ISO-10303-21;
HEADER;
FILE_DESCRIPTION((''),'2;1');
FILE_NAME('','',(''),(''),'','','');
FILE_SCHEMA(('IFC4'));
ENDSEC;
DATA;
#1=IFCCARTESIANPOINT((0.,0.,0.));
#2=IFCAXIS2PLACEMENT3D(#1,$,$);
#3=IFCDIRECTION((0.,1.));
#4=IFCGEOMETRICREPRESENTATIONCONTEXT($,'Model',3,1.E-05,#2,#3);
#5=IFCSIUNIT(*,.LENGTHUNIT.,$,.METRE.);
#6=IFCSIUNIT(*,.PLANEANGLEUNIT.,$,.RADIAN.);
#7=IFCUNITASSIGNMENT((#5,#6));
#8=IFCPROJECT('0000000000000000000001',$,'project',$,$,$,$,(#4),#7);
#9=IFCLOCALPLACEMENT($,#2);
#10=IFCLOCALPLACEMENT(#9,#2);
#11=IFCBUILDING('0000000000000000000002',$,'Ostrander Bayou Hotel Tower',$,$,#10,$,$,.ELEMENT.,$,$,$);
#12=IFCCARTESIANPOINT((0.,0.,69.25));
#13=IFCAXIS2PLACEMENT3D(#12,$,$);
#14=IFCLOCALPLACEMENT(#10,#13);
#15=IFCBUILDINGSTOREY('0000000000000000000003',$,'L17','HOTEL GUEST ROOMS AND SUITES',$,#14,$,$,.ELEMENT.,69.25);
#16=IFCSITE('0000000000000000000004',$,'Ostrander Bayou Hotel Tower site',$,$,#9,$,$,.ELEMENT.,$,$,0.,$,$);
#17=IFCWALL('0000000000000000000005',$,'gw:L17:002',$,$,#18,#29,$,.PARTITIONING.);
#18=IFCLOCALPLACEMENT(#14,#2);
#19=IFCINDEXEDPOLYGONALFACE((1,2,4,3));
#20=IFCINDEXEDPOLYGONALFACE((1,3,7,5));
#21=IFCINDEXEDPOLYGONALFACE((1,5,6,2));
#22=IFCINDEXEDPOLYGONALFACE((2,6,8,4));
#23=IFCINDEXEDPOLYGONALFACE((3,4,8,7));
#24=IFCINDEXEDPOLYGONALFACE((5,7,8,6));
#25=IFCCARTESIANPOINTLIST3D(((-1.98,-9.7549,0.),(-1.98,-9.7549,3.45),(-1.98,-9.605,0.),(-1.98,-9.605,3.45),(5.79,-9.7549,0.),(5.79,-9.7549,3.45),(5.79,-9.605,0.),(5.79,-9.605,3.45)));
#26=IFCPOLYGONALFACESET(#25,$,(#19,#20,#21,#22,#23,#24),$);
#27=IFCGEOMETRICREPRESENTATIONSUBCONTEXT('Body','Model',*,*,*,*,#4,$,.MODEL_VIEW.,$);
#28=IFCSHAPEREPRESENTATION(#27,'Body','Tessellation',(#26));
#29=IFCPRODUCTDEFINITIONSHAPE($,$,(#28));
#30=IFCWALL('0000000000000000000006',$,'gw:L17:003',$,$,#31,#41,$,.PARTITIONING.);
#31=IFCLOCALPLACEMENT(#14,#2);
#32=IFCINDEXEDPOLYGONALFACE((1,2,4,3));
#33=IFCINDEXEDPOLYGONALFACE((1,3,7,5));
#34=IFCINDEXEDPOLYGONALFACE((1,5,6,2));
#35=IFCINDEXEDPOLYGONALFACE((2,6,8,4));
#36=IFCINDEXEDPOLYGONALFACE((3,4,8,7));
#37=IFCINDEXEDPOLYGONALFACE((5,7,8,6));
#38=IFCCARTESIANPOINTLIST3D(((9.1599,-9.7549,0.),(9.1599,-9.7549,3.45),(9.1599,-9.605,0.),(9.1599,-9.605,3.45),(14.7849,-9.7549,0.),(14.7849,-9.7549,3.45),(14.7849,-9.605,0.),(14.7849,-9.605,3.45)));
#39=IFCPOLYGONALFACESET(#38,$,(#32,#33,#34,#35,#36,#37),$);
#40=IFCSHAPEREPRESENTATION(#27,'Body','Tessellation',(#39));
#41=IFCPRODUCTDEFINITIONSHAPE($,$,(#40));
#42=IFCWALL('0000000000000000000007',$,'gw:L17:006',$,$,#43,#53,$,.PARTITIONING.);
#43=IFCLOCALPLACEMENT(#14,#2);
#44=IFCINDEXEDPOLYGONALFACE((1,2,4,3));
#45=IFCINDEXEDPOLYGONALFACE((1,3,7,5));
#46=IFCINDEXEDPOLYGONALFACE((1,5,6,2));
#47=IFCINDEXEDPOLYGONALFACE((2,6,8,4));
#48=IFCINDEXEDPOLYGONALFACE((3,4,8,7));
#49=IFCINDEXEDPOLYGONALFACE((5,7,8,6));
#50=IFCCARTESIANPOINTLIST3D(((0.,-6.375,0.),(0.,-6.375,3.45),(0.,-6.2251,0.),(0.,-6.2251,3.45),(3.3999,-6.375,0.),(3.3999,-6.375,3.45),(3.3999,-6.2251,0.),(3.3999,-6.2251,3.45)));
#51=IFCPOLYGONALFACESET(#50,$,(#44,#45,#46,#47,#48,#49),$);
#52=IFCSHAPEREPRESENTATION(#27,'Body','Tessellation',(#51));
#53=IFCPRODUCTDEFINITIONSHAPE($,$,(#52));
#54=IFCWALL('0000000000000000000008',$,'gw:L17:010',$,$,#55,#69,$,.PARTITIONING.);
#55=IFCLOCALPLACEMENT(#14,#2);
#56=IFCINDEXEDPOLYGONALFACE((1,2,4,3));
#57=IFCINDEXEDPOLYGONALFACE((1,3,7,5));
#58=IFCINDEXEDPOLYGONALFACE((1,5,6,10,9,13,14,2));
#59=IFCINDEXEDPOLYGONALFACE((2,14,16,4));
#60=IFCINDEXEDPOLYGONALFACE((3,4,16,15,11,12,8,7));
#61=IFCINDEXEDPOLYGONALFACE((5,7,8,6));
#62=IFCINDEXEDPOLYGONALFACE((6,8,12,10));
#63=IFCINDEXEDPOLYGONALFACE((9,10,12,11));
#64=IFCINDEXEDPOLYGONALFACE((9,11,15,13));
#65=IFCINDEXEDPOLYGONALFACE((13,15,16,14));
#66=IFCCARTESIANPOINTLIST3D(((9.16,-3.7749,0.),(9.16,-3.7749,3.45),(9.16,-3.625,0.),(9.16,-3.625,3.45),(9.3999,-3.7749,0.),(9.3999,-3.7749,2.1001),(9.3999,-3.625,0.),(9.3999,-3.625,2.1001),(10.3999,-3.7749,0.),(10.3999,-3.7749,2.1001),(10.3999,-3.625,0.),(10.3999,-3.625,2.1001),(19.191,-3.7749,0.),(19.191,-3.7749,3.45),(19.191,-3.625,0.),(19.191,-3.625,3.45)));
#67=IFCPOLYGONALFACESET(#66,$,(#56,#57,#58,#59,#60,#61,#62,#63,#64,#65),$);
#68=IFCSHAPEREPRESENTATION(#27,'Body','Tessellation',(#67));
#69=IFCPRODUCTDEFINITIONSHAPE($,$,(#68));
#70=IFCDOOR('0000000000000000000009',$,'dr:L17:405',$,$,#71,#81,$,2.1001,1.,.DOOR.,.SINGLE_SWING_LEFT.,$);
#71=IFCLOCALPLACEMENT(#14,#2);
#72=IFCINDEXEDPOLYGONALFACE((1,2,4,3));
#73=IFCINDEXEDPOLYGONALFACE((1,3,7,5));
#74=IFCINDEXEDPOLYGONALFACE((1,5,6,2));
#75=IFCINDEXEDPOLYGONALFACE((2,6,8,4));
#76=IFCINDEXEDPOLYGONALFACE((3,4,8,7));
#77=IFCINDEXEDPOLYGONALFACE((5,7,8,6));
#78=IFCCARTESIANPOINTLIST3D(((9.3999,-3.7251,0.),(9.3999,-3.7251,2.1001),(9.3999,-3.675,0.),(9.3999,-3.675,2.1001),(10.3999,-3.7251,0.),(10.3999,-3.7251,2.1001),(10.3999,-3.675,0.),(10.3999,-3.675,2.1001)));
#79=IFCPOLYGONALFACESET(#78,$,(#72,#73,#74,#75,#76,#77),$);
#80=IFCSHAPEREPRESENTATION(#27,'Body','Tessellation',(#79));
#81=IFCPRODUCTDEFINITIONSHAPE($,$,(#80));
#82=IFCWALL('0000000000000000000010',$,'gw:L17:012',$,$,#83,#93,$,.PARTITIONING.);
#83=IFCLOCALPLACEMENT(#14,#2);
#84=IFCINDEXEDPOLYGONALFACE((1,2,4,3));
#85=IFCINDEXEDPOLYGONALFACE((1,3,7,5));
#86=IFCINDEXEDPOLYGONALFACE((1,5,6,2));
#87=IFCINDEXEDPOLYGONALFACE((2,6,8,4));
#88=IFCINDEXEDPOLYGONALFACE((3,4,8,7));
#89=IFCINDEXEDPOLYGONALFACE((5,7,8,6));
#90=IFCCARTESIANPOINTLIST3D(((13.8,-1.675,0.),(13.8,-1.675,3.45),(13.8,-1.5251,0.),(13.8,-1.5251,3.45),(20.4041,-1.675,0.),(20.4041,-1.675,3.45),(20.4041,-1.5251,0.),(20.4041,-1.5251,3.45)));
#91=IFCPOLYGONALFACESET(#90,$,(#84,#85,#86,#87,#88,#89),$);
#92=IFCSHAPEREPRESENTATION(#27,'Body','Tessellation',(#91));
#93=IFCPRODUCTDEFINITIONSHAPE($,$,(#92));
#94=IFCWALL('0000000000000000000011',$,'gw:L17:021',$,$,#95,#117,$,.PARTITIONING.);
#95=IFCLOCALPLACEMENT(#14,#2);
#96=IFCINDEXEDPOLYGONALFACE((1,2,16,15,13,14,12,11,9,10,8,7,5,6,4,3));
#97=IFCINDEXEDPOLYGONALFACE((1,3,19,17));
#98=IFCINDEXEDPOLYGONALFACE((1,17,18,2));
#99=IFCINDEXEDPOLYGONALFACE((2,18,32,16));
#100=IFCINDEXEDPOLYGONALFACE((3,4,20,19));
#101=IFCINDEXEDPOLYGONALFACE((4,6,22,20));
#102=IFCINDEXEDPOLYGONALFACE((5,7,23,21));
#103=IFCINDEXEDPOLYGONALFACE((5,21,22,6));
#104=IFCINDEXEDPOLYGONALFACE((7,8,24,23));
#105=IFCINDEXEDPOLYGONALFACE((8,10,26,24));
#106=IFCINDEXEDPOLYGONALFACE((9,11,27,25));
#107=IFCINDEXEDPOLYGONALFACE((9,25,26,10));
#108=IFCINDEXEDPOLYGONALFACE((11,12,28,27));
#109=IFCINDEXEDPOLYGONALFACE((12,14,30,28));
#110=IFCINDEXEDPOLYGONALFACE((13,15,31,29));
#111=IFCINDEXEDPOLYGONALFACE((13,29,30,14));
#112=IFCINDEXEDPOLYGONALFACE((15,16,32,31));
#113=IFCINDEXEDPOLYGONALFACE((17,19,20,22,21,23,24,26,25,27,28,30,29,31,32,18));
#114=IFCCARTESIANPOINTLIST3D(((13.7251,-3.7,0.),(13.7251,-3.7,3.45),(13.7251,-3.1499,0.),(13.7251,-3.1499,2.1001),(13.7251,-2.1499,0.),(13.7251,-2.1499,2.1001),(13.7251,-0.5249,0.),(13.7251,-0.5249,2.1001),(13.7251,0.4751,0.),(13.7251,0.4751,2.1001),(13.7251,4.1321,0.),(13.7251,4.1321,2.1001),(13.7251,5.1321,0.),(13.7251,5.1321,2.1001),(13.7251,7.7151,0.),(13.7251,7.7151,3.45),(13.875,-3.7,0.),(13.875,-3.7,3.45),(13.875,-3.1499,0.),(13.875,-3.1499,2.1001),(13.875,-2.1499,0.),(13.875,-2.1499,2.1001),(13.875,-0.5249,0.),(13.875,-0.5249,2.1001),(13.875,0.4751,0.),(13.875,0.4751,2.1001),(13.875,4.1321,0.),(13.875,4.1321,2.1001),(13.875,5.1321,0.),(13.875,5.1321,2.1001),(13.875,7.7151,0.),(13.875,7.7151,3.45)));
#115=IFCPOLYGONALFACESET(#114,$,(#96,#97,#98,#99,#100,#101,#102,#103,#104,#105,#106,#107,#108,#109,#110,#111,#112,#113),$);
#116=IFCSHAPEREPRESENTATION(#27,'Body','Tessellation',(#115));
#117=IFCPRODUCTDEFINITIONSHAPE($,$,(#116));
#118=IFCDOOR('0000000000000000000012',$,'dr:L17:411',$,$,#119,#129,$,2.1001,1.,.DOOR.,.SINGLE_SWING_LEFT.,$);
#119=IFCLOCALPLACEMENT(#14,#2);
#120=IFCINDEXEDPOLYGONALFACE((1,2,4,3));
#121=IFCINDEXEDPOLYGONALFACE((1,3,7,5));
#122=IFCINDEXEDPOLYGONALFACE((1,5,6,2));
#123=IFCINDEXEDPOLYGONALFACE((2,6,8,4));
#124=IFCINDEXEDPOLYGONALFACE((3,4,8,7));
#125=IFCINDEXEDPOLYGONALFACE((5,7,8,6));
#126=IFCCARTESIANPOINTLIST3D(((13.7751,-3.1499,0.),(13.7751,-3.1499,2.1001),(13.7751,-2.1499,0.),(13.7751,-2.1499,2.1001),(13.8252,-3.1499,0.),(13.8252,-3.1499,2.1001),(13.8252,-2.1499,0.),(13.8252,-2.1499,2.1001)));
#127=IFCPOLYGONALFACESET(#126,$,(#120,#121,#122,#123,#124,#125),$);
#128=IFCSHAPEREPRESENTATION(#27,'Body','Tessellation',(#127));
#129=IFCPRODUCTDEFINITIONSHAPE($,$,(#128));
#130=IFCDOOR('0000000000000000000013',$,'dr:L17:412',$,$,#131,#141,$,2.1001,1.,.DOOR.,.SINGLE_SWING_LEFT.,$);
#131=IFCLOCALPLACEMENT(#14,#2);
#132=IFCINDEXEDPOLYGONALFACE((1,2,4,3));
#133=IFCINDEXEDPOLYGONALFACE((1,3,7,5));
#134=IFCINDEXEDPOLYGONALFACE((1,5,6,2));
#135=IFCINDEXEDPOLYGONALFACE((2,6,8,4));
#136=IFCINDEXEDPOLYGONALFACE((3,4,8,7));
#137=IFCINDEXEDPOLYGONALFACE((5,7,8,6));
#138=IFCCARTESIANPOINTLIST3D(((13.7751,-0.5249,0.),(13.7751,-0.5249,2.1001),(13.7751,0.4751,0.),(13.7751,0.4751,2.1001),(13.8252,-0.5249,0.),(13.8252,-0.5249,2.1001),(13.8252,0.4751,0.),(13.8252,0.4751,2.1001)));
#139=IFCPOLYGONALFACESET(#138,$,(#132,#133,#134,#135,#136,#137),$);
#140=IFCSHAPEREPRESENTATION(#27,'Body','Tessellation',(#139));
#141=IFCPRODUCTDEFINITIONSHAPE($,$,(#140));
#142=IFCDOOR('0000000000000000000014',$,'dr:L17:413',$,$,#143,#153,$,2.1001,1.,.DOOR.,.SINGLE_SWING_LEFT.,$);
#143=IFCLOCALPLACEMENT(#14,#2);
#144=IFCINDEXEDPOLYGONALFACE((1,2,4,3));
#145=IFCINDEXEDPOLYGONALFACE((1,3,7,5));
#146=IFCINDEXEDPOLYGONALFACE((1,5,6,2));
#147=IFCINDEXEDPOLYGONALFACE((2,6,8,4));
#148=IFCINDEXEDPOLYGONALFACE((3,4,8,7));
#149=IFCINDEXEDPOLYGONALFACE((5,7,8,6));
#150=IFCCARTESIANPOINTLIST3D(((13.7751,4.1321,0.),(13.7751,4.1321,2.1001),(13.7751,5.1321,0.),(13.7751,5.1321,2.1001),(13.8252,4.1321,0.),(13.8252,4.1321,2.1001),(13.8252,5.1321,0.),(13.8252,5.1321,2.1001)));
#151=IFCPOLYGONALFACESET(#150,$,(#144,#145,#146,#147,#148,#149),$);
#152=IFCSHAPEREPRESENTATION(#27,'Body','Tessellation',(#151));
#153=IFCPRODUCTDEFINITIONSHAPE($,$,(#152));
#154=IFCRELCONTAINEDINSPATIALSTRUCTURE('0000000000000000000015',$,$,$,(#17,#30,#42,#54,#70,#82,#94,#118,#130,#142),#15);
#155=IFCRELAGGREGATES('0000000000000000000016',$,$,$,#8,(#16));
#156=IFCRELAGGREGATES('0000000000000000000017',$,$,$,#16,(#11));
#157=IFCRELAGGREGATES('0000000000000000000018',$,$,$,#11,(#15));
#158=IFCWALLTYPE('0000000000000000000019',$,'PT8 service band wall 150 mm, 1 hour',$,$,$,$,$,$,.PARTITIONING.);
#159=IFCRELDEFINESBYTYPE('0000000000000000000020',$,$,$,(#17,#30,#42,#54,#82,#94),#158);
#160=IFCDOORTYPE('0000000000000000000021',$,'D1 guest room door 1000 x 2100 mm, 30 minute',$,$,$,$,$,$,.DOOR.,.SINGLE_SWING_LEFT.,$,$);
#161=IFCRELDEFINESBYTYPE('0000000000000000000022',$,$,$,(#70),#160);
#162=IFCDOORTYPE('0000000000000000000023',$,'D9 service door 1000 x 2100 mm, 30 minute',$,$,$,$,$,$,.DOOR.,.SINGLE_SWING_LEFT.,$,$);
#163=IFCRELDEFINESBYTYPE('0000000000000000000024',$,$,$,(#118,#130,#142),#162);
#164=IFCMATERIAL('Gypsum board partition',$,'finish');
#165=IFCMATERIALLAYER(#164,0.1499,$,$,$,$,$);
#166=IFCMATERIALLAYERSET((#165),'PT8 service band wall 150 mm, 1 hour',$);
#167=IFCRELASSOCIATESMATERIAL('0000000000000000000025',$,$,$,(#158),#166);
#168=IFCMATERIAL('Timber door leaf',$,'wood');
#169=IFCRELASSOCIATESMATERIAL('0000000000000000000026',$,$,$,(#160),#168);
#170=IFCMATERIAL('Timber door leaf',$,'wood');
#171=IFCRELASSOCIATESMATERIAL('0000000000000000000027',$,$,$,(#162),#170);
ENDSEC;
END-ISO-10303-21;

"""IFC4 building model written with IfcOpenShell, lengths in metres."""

from ifc_helpers import new_model, si_unit, direction, frame, frame_2d, origin, place, context, subcontext, project, spatial, rectangle, extrude, material, layer, layer_set, type_object, element, fill, save


model = new_model("IFC4")

# Units and contexts
model_context = context("Model", 3, precision=1e-05, world=origin(), true_north=direction((0.0, 1.0)))
body_context = subcontext(model_context, "Body", "Model", "MODEL_VIEW")
ifc_project = project(units=[si_unit("LENGTHUNIT", "METRE"), si_unit("PLANEANGLEUNIT", "RADIAN")], contexts=[model_context])

# Site, building, storey
site_placement = place(None, origin())
site = spatial("IfcSite", under=ifc_project, at=site_placement, Name="Ostrander Bayou Hotel Tower site", CompositionType="ELEMENT", RefElevation=0.0)
building_placement = place(site_placement, origin())
building = spatial("IfcBuilding", under=site, at=building_placement, Name="Ostrander Bayou Hotel Tower", CompositionType="ELEMENT")
storey_placement = place(building_placement, frame((0.0, 0.0, 69.25)))
storey = spatial("IfcBuildingStorey", under=building, at=storey_placement, Name="L17", Description="HOTEL GUEST ROOMS AND SUITES", CompositionType="ELEMENT", Elevation=69.25)

# Walls
ifc_material_1 = material(Name="Gypsum board partition", Category="finish")
ifc_layer_1 = layer(ifc_material_1, 0.1499)
ifc_layer_set_1 = layer_set([ifc_layer_1], Name="PT8 service band wall 150 mm, 1 hour")
wall_type_1 = type_object("IfcWallType", Name="PT8 service band wall 150 mm, 1 hour", PredefinedType="PARTITIONING", material=ifc_layer_set_1)
wall_1_placement = place(storey_placement, frame((-1.98, -9.6799, 0.0), z_axis=(0.0, 0.0, 1.0), x_axis=(1.0, 0.0, 0.0)))
element("IfcWall", 1, at=wall_1_placement, inside=storey, type_object=wall_type_1, Name="gw:L17:002", PredefinedType="PARTITIONING", context=body_context, shape_type="SweptSolid", body=[
    extrude(rectangle(XDim=7.77, YDim=0.1499, at=frame_2d((3.885, 0.0))), origin(), (0.0, 0.0, 1.0), 3.45),
])
wall_2_placement = place(storey_placement, frame((9.1599, -9.6799, 0.0), z_axis=(0.0, 0.0, 1.0), x_axis=(1.0, 0.0, 0.0)))
element("IfcWall", 2, at=wall_2_placement, inside=storey, type_object=wall_type_1, Name="gw:L17:003", PredefinedType="PARTITIONING", context=body_context, shape_type="SweptSolid", body=[
    extrude(rectangle(XDim=5.625, YDim=0.1499, at=frame_2d((2.8125, 0.0))), origin(), (0.0, 0.0, 1.0), 3.45),
])
wall_3_placement = place(storey_placement, frame((0.0, -6.3, 0.0), z_axis=(0.0, 0.0, 1.0), x_axis=(1.0, 0.0, 0.0)))
element("IfcWall", 3, at=wall_3_placement, inside=storey, type_object=wall_type_1, Name="gw:L17:006", PredefinedType="PARTITIONING", context=body_context, shape_type="SweptSolid", body=[
    extrude(rectangle(XDim=3.3999, YDim=0.1499, at=frame_2d((1.7, 0.0))), origin(), (0.0, 0.0, 1.0), 3.45),
])

# Wall, opening, door
wall_4_placement = place(storey_placement, frame((9.1599, -3.7, 0.0), z_axis=(0.0, 0.0, 1.0), x_axis=(1.0, 0.0, 0.0)))
wall_4 = element("IfcWall", 4, at=wall_4_placement, inside=storey, type_object=wall_type_1, Name="gw:L17:010", PredefinedType="PARTITIONING", context=body_context, shape_type="SweptSolid", body=[
    extrude(rectangle(XDim=10.031, YDim=0.1499, at=frame_2d((5.0156, 0.0))), origin(), (0.0, 0.0, 1.0), 3.45),
])
opening_1_placement = place(wall_4_placement, frame((0.24, 0.0, 0.0)))
opening_1 = element("IfcOpeningElement", 5, at=opening_1_placement, cuts=wall_4, PredefinedType="OPENING", context=body_context, shape_type="SweptSolid", body=[
    extrude(rectangle(XDim=1.0, YDim=2.1001, at=frame_2d((0.5, 1.05))), frame((0.0, 0.075, 0.0), z_axis=(0.0, -1.0, 0.0), x_axis=(1.0, 0.0, 0.0)), (0.0, 0.0, 1.0), 0.1499),
])
ifc_material_2 = material(Name="Timber door leaf", Category="wood")
door_type_1 = type_object("IfcDoorType", Name="D1 guest room door 1000 x 2100 mm, 30 minute", OperationType="SINGLE_SWING_LEFT", PredefinedType="DOOR", material=ifc_material_2)
door_1_placement = place(opening_1_placement, origin())
door_1 = element("IfcDoor", 6, at=door_1_placement, inside=storey, type_object=door_type_1, Name="dr:L17:405", OperationType="SINGLE_SWING_LEFT", OverallHeight=2.1001, OverallWidth=1.0, PredefinedType="DOOR", context=body_context, shape_type="SweptSolid", body=[
    extrude(rectangle(XDim=1.0, YDim=2.1001, at=frame_2d((0.5, 1.05))), frame((0.0, 0.0249, 0.0), z_axis=(0.0, -1.0, 0.0), x_axis=(1.0, 0.0, 0.0)), (0.0, 0.0, 1.0), 0.05),
])
fill(opening_1, door_1)

# Wall
wall_5_placement = place(storey_placement, frame((13.8, -1.6001, 0.0), z_axis=(0.0, 0.0, 1.0), x_axis=(1.0, 0.0, 0.0)))
element("IfcWall", 7, at=wall_5_placement, inside=storey, type_object=wall_type_1, Name="gw:L17:012", PredefinedType="PARTITIONING", context=body_context, shape_type="SweptSolid", body=[
    extrude(rectangle(XDim=6.604, YDim=0.1499, at=frame_2d((3.302, 0.0))), origin(), (0.0, 0.0, 1.0), 3.45),
])

# Wall, openings, doors
wall_6_placement = place(storey_placement, frame((13.8, -3.7, 0.0), z_axis=(0.0, 0.0, 1.0), x_axis=(0.0, 1.0, 0.0)))
wall_6 = element("IfcWall", 8, at=wall_6_placement, inside=storey, type_object=wall_type_1, Name="gw:L17:021", PredefinedType="PARTITIONING", context=body_context, shape_type="SweptSolid", body=[
    extrude(rectangle(XDim=11.415, YDim=0.1499, at=frame_2d((5.7075, 0.0))), origin(), (0.0, 0.0, 1.0), 3.45),
])
opening_2_placement = place(wall_6_placement, frame((0.55, 0.0, 0.0)))
opening_2 = element("IfcOpeningElement", 9, at=opening_2_placement, cuts=wall_6, PredefinedType="OPENING", context=body_context, shape_type="SweptSolid", body=[
    extrude(rectangle(XDim=1.0, YDim=2.1001, at=frame_2d((0.5, 1.05))), frame((0.0, 0.075, 0.0), z_axis=(0.0, -1.0, 0.0), x_axis=(1.0, 0.0, 0.0)), (0.0, 0.0, 1.0), 0.1499),
])
opening_3_placement = place(wall_6_placement, frame((3.175, 0.0, 0.0)))
opening_3 = element("IfcOpeningElement", 10, at=opening_3_placement, cuts=wall_6, PredefinedType="OPENING", context=body_context, shape_type="SweptSolid", body=[
    extrude(rectangle(XDim=1.0, YDim=2.1001, at=frame_2d((0.5, 1.05))), frame((0.0, 0.075, 0.0), z_axis=(0.0, -1.0, 0.0), x_axis=(1.0, 0.0, 0.0)), (0.0, 0.0, 1.0), 0.1499),
])
opening_4_placement = place(wall_6_placement, frame((7.832, 0.0, 0.0)))
opening_4 = element("IfcOpeningElement", 11, at=opening_4_placement, cuts=wall_6, PredefinedType="OPENING", context=body_context, shape_type="SweptSolid", body=[
    extrude(rectangle(XDim=1.0, YDim=2.1001, at=frame_2d((0.5, 1.05))), frame((0.0, 0.075, 0.0), z_axis=(0.0, -1.0, 0.0), x_axis=(1.0, 0.0, 0.0)), (0.0, 0.0, 1.0), 0.1499),
])
ifc_material_3 = material(Name="Timber door leaf", Category="wood")
door_type_2 = type_object("IfcDoorType", Name="D9 service door 1000 x 2100 mm, 30 minute", OperationType="SINGLE_SWING_LEFT", PredefinedType="DOOR", material=ifc_material_3)
door_2_placement = place(opening_2_placement, origin())
door_2 = element("IfcDoor", 12, at=door_2_placement, inside=storey, type_object=door_type_2, Name="dr:L17:411", OperationType="SINGLE_SWING_LEFT", OverallHeight=2.1001, OverallWidth=1.0, PredefinedType="DOOR", context=body_context, shape_type="SweptSolid", body=[
    extrude(rectangle(XDim=1.0, YDim=2.1001, at=frame_2d((0.5, 1.05))), frame((0.0, 0.0249, 0.0), z_axis=(0.0, -1.0, 0.0), x_axis=(1.0, 0.0, 0.0)), (0.0, 0.0, 1.0), 0.05),
])
fill(opening_2, door_2)
door_3_placement = place(opening_3_placement, origin())
door_3 = element("IfcDoor", 13, at=door_3_placement, inside=storey, type_object=door_type_2, Name="dr:L17:412", OperationType="SINGLE_SWING_LEFT", OverallHeight=2.1001, OverallWidth=1.0, PredefinedType="DOOR", context=body_context, shape_type="SweptSolid", body=[
    extrude(rectangle(XDim=1.0, YDim=2.1001, at=frame_2d((0.5, 1.05))), frame((0.0, 0.0249, 0.0), z_axis=(0.0, -1.0, 0.0), x_axis=(1.0, 0.0, 0.0)), (0.0, 0.0, 1.0), 0.05),
])
fill(opening_3, door_3)
door_4_placement = place(opening_4_placement, origin())
door_4 = element("IfcDoor", 14, at=door_4_placement, inside=storey, type_object=door_type_2, Name="dr:L17:413", OperationType="SINGLE_SWING_LEFT", OverallHeight=2.1001, OverallWidth=1.0, PredefinedType="DOOR", context=body_context, shape_type="SweptSolid", body=[
    extrude(rectangle(XDim=1.0, YDim=2.1001, at=frame_2d((0.5, 1.05))), frame((0.0, 0.0249, 0.0), z_axis=(0.0, -1.0, 0.0), x_axis=(1.0, 0.0, 0.0)), (0.0, 0.0, 1.0), 0.05),
])
fill(opening_4, door_4)

save(model, "model.ifc")
